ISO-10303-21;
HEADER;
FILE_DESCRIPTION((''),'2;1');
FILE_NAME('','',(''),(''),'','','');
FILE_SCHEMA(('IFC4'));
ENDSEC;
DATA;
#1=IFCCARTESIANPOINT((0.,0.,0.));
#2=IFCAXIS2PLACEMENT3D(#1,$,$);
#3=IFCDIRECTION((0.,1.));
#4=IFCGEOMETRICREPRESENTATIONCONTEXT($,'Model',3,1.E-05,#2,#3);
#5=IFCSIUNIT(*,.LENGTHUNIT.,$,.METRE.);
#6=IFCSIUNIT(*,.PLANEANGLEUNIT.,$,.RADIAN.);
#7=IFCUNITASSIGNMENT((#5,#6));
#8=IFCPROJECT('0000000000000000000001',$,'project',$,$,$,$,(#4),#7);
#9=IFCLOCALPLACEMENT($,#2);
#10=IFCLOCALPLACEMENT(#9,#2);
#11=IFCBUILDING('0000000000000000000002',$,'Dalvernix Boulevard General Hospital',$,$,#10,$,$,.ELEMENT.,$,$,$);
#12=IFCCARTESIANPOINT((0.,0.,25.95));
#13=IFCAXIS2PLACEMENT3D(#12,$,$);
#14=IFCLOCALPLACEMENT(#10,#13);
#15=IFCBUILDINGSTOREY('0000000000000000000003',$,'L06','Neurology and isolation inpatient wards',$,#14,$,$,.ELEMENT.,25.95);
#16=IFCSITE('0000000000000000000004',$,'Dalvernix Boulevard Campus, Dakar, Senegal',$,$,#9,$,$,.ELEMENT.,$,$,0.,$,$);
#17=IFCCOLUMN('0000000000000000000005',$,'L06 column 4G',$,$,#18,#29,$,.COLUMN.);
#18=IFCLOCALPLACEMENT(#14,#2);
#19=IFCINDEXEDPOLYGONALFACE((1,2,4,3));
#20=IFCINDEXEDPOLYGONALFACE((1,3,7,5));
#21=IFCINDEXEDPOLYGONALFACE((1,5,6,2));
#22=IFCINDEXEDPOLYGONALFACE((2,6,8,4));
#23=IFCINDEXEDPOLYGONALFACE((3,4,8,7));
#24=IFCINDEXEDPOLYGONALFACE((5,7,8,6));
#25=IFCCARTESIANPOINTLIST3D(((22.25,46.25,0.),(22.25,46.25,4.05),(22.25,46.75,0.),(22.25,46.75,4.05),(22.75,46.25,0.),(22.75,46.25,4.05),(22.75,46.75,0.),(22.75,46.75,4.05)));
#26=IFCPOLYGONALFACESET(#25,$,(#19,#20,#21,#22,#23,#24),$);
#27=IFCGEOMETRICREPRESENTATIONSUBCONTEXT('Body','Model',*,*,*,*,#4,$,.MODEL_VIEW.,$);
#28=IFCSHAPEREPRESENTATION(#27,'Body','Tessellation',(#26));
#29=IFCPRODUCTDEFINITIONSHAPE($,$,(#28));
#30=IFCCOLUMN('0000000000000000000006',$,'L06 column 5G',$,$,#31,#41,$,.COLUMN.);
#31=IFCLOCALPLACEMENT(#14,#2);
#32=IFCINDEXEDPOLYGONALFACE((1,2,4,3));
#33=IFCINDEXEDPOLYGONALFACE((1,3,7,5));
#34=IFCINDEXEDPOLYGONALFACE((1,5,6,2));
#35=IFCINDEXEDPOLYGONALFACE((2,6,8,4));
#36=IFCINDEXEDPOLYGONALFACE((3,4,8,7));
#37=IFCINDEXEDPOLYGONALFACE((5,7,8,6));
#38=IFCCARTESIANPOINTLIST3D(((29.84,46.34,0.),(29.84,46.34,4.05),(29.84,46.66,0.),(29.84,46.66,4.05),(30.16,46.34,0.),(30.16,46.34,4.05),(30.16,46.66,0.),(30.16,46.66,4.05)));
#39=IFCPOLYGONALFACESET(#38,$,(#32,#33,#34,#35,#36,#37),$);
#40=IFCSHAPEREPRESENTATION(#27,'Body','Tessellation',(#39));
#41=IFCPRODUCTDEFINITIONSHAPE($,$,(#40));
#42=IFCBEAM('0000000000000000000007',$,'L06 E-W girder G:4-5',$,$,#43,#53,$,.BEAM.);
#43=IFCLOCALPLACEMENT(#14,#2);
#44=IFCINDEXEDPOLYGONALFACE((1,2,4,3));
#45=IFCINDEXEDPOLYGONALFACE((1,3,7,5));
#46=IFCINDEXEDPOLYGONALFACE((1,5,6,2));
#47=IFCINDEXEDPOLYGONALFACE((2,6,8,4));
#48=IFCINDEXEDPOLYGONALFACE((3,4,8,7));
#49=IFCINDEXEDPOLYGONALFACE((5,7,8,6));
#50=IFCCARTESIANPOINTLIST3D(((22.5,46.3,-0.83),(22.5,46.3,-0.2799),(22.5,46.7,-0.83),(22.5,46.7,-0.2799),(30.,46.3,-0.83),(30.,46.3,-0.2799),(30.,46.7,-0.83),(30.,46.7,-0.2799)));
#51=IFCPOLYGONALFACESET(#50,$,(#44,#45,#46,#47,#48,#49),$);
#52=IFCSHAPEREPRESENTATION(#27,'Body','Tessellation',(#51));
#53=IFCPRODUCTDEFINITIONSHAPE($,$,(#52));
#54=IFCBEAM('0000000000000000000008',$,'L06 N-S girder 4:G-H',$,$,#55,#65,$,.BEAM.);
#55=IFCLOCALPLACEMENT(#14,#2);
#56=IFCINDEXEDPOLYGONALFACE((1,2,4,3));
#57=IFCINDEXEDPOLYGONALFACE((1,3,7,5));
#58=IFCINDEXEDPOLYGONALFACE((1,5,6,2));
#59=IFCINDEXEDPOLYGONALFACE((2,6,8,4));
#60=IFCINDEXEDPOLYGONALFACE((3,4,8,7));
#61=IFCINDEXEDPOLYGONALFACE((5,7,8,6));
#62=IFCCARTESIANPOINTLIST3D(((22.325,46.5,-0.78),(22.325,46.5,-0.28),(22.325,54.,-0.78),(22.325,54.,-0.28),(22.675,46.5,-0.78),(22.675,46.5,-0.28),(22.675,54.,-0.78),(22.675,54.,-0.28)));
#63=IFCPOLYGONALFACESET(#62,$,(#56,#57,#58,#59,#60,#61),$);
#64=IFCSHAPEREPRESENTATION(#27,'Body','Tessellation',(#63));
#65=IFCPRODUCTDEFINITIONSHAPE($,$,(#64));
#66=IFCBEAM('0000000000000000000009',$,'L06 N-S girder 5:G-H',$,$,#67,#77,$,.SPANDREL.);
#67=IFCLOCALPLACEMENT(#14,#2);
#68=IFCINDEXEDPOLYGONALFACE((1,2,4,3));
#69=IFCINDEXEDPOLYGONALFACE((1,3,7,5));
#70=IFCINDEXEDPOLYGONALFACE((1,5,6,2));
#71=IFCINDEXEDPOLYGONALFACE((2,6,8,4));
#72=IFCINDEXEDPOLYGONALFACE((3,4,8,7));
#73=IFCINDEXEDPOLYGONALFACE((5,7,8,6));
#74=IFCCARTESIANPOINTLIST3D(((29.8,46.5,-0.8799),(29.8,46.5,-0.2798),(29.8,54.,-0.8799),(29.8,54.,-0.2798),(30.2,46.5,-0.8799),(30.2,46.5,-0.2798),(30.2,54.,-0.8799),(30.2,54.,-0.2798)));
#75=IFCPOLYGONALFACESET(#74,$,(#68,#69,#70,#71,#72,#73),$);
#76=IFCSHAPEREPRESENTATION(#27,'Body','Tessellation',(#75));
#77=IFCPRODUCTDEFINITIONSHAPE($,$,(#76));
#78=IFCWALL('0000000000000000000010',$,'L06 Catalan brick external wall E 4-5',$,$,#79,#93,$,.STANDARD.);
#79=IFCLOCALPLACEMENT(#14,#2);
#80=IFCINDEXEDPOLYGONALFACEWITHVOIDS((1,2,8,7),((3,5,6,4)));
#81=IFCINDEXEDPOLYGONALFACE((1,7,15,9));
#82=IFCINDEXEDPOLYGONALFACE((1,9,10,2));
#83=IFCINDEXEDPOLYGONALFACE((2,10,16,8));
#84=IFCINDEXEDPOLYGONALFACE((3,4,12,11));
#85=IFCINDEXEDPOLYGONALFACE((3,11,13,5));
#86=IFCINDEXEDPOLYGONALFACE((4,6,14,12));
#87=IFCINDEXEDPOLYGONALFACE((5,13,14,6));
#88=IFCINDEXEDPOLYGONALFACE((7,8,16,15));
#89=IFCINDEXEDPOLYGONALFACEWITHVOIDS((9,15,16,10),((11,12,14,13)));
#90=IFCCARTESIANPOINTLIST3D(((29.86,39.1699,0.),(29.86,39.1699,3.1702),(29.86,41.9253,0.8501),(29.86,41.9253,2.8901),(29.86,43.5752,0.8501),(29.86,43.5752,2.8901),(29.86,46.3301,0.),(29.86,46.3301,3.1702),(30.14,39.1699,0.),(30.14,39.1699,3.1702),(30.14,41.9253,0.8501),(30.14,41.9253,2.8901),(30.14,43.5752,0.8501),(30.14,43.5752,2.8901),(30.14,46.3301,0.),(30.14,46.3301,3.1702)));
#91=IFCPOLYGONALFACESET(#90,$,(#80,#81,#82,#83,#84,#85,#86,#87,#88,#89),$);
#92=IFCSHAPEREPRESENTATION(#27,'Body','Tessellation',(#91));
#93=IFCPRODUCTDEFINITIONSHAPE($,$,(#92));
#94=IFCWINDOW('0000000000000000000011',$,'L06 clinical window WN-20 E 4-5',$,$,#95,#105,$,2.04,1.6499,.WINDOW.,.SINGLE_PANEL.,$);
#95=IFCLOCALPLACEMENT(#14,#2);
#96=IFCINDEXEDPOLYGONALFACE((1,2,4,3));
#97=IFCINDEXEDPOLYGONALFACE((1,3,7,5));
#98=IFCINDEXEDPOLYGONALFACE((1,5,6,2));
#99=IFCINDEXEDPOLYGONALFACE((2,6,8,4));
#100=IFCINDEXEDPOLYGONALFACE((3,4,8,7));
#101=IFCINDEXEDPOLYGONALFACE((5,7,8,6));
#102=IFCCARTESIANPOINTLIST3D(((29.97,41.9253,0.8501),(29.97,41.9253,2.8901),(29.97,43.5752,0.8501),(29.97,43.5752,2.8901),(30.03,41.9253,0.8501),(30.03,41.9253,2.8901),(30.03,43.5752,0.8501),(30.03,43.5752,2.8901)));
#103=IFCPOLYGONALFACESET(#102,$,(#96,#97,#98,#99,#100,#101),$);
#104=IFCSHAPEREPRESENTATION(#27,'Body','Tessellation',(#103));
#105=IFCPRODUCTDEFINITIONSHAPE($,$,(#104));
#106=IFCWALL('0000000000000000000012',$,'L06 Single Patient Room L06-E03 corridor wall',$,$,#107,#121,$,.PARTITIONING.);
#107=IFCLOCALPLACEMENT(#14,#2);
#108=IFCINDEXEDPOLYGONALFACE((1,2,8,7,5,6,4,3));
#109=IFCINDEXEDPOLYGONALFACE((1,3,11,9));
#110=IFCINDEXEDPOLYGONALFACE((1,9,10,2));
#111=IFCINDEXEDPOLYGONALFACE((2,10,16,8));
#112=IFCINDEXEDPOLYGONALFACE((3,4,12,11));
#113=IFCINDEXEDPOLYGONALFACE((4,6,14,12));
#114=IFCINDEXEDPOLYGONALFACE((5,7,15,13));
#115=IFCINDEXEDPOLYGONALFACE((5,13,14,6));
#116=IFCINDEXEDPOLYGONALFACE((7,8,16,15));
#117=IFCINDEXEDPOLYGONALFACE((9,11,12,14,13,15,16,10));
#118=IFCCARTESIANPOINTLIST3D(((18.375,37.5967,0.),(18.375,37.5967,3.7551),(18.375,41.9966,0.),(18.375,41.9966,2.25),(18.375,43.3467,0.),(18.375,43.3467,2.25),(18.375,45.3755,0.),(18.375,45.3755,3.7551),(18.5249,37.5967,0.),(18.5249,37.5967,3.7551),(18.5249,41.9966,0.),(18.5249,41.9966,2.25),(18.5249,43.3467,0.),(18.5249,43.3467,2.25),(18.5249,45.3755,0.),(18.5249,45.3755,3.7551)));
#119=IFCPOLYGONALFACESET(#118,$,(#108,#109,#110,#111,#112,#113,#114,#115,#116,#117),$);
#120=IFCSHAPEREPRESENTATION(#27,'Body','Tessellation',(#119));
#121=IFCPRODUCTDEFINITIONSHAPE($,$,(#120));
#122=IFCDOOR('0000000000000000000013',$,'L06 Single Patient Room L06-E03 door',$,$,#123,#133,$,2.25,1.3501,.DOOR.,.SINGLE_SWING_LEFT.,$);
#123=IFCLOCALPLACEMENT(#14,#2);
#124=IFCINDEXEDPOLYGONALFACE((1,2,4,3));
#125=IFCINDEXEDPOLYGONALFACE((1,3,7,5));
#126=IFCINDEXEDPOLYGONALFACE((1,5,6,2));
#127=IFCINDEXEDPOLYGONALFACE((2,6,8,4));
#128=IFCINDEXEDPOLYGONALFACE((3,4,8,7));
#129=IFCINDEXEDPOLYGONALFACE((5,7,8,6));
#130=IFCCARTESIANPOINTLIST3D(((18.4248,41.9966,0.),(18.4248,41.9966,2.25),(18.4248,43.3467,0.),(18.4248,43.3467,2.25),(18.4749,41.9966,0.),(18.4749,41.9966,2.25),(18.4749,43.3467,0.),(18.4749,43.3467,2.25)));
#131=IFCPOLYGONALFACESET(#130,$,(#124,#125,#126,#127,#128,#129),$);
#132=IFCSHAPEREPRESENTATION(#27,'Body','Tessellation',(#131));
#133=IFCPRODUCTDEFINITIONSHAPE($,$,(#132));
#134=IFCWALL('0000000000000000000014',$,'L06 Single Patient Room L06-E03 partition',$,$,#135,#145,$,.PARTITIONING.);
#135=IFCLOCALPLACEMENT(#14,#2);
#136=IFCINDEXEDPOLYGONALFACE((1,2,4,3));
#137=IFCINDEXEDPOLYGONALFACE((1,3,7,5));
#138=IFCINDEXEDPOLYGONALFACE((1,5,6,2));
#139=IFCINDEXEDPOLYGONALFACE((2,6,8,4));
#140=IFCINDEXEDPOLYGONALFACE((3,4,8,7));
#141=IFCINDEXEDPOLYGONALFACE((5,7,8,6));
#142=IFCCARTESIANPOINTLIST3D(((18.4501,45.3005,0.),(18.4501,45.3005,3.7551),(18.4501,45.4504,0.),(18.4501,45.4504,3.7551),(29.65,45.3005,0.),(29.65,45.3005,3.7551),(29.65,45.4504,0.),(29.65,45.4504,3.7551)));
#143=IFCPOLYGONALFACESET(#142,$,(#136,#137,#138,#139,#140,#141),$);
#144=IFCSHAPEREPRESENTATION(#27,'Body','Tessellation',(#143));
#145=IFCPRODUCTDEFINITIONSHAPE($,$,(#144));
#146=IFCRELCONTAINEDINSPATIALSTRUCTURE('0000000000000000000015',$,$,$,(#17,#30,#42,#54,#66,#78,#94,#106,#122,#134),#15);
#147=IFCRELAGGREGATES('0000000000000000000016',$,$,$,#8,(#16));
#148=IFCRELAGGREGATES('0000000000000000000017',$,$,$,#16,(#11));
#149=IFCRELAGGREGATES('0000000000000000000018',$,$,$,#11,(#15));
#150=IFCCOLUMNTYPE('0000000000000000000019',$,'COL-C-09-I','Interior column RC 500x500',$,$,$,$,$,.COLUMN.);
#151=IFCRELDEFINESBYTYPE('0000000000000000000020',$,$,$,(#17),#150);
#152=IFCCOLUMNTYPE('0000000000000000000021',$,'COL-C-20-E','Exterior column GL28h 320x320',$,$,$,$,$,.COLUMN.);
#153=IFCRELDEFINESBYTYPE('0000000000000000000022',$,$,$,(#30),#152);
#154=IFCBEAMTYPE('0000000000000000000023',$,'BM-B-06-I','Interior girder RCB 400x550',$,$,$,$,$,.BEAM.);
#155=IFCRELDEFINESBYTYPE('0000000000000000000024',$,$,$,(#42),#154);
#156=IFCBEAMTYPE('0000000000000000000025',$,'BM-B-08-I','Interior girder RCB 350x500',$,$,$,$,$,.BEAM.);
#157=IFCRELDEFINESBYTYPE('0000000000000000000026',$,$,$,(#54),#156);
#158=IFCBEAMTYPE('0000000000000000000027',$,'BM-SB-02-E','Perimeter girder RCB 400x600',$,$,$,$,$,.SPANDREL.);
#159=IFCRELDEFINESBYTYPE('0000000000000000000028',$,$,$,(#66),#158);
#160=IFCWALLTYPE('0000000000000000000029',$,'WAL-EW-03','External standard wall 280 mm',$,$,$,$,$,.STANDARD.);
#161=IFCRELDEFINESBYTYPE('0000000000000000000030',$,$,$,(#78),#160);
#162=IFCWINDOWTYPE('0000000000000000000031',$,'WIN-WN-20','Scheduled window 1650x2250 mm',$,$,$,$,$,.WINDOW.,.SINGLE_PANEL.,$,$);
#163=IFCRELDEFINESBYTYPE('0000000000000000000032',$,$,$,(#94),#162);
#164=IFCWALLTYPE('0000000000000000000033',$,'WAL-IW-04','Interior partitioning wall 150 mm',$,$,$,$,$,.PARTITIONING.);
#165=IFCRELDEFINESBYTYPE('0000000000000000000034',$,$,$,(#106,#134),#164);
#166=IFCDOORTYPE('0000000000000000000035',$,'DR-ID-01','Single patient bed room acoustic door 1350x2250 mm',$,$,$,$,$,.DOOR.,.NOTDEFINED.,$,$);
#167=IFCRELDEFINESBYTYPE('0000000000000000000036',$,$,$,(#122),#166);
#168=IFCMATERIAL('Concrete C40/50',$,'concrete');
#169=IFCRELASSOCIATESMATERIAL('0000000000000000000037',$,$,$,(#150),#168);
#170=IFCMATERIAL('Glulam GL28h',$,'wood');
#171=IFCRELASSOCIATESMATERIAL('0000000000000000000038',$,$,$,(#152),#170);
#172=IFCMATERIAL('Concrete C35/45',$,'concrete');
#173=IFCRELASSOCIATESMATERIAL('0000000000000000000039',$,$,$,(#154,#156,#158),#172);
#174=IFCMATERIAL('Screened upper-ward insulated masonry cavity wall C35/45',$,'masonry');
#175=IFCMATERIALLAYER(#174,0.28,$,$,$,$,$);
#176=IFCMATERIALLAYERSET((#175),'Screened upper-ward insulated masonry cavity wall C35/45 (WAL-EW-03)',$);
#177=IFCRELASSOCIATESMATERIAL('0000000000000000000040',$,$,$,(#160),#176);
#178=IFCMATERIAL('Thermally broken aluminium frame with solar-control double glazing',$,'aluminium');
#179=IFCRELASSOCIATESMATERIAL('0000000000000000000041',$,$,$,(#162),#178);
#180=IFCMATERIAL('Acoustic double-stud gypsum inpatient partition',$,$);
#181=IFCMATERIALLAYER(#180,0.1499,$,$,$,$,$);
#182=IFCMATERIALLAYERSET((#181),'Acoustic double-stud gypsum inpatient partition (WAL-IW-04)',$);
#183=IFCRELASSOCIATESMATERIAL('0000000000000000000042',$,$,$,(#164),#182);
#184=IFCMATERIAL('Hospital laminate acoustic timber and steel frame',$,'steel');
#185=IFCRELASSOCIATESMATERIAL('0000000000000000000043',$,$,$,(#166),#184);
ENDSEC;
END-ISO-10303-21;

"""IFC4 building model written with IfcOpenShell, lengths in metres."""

from ifc_helpers import new_model, si_unit, direction, frame, frame_2d, origin, origin_2d, place, context, subcontext, project, spatial, rectangle, extrude, material, layer, layer_set, material_profile, profile_set, type_object, element, fill, save


model = new_model("IFC4")

# Units and contexts
model_context = context("Model", 3, precision=1e-05, world=origin(), true_north=direction((0.0, 1.0)))
body_context = subcontext(model_context, "Body", "Model", "MODEL_VIEW")
ifc_project = project(units=[si_unit("LENGTHUNIT", "METRE"), si_unit("PLANEANGLEUNIT", "RADIAN")], contexts=[model_context])

# Site, building, storey
site_placement = place(None, origin())
site = spatial("IfcSite", under=ifc_project, at=site_placement, Name="Dalvernix Boulevard Campus, Dakar, Senegal", CompositionType="ELEMENT", RefElevation=0.0)
building_placement = place(site_placement, origin())
building = spatial("IfcBuilding", under=site, at=building_placement, Name="Dalvernix Boulevard General Hospital", CompositionType="ELEMENT")
storey_placement = place(building_placement, frame((0.0, 0.0, 25.95)))
storey = spatial("IfcBuildingStorey", under=building, at=storey_placement, Name="L06", Description="Neurology and isolation inpatient wards", CompositionType="ELEMENT", Elevation=25.95)

# Columns
ifc_material_1 = material(Name="Concrete C40/50", Category="concrete")
ifc_material_profile_1 = material_profile(ifc_material_1, rectangle(XDim=0.5, YDim=0.5, at=origin_2d()), Name="RC 500x500")
ifc_profile_set_1 = profile_set([ifc_material_profile_1], Name="Concrete C40/50")
column_type_1 = type_object("IfcColumnType", Name="COL-C-09-I", Description="Interior column RC 500x500", PredefinedType="COLUMN", material=ifc_profile_set_1)
column_1_placement = place(storey_placement, frame((22.5, 46.5, 0.0), z_axis=(0.0, 0.0, 1.0), x_axis=(1.0, 0.0, 0.0)))
element("IfcColumn", 1, at=column_1_placement, inside=storey, type_object=column_type_1, Name="L06 column 4G", PredefinedType="COLUMN", context=body_context, shape_type="SweptSolid", body=[
    extrude(rectangle(XDim=0.5, YDim=0.5, at=origin_2d()), origin(), (0.0, 0.0, 1.0), 4.05),
])
ifc_material_2 = material(Name="Glulam GL28h", Category="wood")
ifc_material_profile_2 = material_profile(ifc_material_2, rectangle(XDim=0.3201, YDim=0.3201, at=origin_2d()), Name="GL28h 320x320")
ifc_profile_set_2 = profile_set([ifc_material_profile_2], Name="Glulam GL28h")
column_type_2 = type_object("IfcColumnType", Name="COL-C-20-E", Description="Exterior column GL28h 320x320", PredefinedType="COLUMN", material=ifc_profile_set_2)
column_2_placement = place(storey_placement, frame((30.0, 46.5, 0.0), z_axis=(0.0, 0.0, 1.0), x_axis=(1.0, 0.0, 0.0)))
element("IfcColumn", 2, at=column_2_placement, inside=storey, type_object=column_type_2, Name="L06 column 5G", PredefinedType="COLUMN", context=body_context, shape_type="SweptSolid", body=[
    extrude(rectangle(XDim=0.3201, YDim=0.3201, at=origin_2d()), origin(), (0.0, 0.0, 1.0), 4.05),
])

# Beams
ifc_material_3 = material(Name="Concrete C35/45", Category="concrete")
ifc_material_profile_3 = material_profile(ifc_material_3, rectangle(XDim=0.3999, YDim=0.55, at=origin_2d()), Name="RCB 400x550")
ifc_profile_set_3 = profile_set([ifc_material_profile_3], Name="Concrete C35/45")
beam_type_1 = type_object("IfcBeamType", Name="BM-B-06-I", Description="Interior girder RCB 400x550", PredefinedType="BEAM", material=ifc_profile_set_3)
beam_1_placement = place(storey_placement, frame((22.5, 46.5, -0.5549), z_axis=(1.0, 0.0, 0.0), x_axis=(0.0, 1.0, 0.0)))
element("IfcBeam", 3, at=beam_1_placement, inside=storey, type_object=beam_type_1, Name="L06 E-W girder G:4-5", PredefinedType="BEAM", context=body_context, shape_type="SweptSolid", body=[
    extrude(rectangle(XDim=0.3999, YDim=0.55, at=origin_2d()), origin(), (0.0, 0.0, 1.0), 7.5),
])
ifc_material_profile_4 = material_profile(ifc_material_3, rectangle(XDim=0.3501, YDim=0.5, at=origin_2d()), Name="RCB 350x500")
ifc_profile_set_4 = profile_set([ifc_material_profile_4], Name="Concrete C35/45")
beam_type_2 = type_object("IfcBeamType", Name="BM-B-08-I", Description="Interior girder RCB 350x500", PredefinedType="BEAM", material=ifc_profile_set_4)
beam_2_placement = place(storey_placement, frame((22.5, 46.5, -0.53), z_axis=(0.0, 1.0, 0.0), x_axis=(-1.0, 0.0, 0.0)))
element("IfcBeam", 4, at=beam_2_placement, inside=storey, type_object=beam_type_2, Name="L06 N-S girder 4:G-H", PredefinedType="BEAM", context=body_context, shape_type="SweptSolid", body=[
    extrude(rectangle(XDim=0.3501, YDim=0.5, at=origin_2d()), origin(), (0.0, 0.0, 1.0), 7.5),
])
ifc_material_profile_5 = material_profile(ifc_material_3, rectangle(XDim=0.3999, YDim=0.6001, at=origin_2d()), Name="RCB 400x600")
ifc_profile_set_5 = profile_set([ifc_material_profile_5], Name="Concrete C35/45")
beam_type_3 = type_object("IfcBeamType", Name="BM-SB-02-E", Description="Perimeter girder RCB 400x600", PredefinedType="SPANDREL", material=ifc_profile_set_5)
beam_3_placement = place(storey_placement, frame((30.0, 46.5, -0.5798), z_axis=(0.0, 1.0, 0.0), x_axis=(-1.0, 0.0, 0.0)))
element("IfcBeam", 5, at=beam_3_placement, inside=storey, type_object=beam_type_3, Name="L06 N-S girder 5:G-H", PredefinedType="SPANDREL", context=body_context, shape_type="SweptSolid", body=[
    extrude(rectangle(XDim=0.3999, YDim=0.6001, at=origin_2d()), origin(), (0.0, 0.0, 1.0), 7.5),
])

# Wall, opening, window
ifc_material_4 = material(Name="Screened upper-ward insulated masonry cavity wall C35/45", Category="masonry")
ifc_layer_1 = layer(ifc_material_4, 0.28)
ifc_layer_set_1 = layer_set([ifc_layer_1], Name="Screened upper-ward insulated masonry cavity wall C35/45 (WAL-EW-03)")
wall_type_1 = type_object("IfcWallType", Name="WAL-EW-03", Description="External standard wall 280 mm", PredefinedType="STANDARD", material=ifc_layer_set_1)
wall_1_placement = place(storey_placement, frame((30.0, 46.3301, 0.0), z_axis=(0.0, 0.0, 1.0), x_axis=(0.0, -1.0, 0.0)))
wall_1 = element("IfcWall", 6, at=wall_1_placement, inside=storey, type_object=wall_type_1, Name="L06 Catalan brick external wall E 4-5", PredefinedType="STANDARD", context=body_context, shape_type="SweptSolid", body=[
    extrude(rectangle(XDim=7.1602, YDim=0.28, at=frame_2d((3.5801, 0.0))), origin(), (0.0, 0.0, 1.0), 3.1702),
])
opening_1_placement = place(wall_1_placement, frame((2.7549, 0.0, 0.8501)))
opening_1 = element("IfcOpeningElement", 7, at=opening_1_placement, cuts=wall_1, PredefinedType="OPENING", context=body_context, shape_type="SweptSolid", body=[
    extrude(rectangle(XDim=1.6499, YDim=2.04, at=frame_2d((0.825, 1.02))), frame((0.0, 0.1499, 0.0), z_axis=(0.0, -1.0, 0.0), x_axis=(1.0, 0.0, 0.0)), (0.0, 0.0, 1.0), 0.3),
])
ifc_material_5 = material(Name="Thermally broken aluminium frame with solar-control double glazing", Category="aluminium")
window_type = type_object("IfcWindowType", Name="WIN-WN-20", Description="Scheduled window 1650x2250 mm", PartitioningType="SINGLE_PANEL", PredefinedType="WINDOW", material=ifc_material_5)
window_placement = place(opening_1_placement, origin())
window = element("IfcWindow", 8, at=window_placement, inside=storey, type_object=window_type, Name="L06 clinical window WN-20 E 4-5", OverallHeight=2.04, OverallWidth=1.6499, PartitioningType="SINGLE_PANEL", PredefinedType="WINDOW", context=body_context, shape_type="SweptSolid", body=[
    extrude(rectangle(XDim=1.6499, YDim=2.04, at=frame_2d((0.825, 1.02))), frame((0.0, 0.03, 0.0), z_axis=(0.0, -1.0, 0.0), x_axis=(1.0, 0.0, 0.0)), (0.0, 0.0, 1.0), 0.0601),
])
fill(opening_1, window)

# Wall, opening, door
ifc_material_6 = material(Name="Acoustic double-stud gypsum inpatient partition")
ifc_layer_2 = layer(ifc_material_6, 0.1499)
ifc_layer_set_2 = layer_set([ifc_layer_2], Name="Acoustic double-stud gypsum inpatient partition (WAL-IW-04)")
wall_type_2 = type_object("IfcWallType", Name="WAL-IW-04", Description="Interior partitioning wall 150 mm", PredefinedType="PARTITIONING", material=ifc_layer_set_2)
wall_2_placement = place(storey_placement, frame((18.45, 45.3755, 0.0), z_axis=(0.0, 0.0, 1.0), x_axis=(0.0, -1.0, 0.0)))
wall_2 = element("IfcWall", 9, at=wall_2_placement, inside=storey, type_object=wall_type_2, Name="L06 Single Patient Room L06-E03 corridor wall", PredefinedType="PARTITIONING", context=body_context, shape_type="SweptSolid", body=[
    extrude(rectangle(XDim=7.7788, YDim=0.1499, at=frame_2d((3.8894, 0.0))), origin(), (0.0, 0.0, 1.0), 3.7551),
])
opening_2_placement = place(wall_2_placement, frame((2.0288, 0.0, 0.0)))
opening_2 = element("IfcOpeningElement", 10, at=opening_2_placement, cuts=wall_2, PredefinedType="OPENING", context=body_context, shape_type="SweptSolid", body=[
    extrude(rectangle(XDim=1.3501, YDim=2.25, at=frame_2d((0.675, 1.125))), frame((0.0, 0.085, 0.0), z_axis=(0.0, -1.0, 0.0), x_axis=(1.0, 0.0, 0.0)), (0.0, 0.0, 1.0), 0.1699),
])
ifc_material_7 = material(Name="Hospital laminate acoustic timber and steel frame", Category="steel")
door_type_1 = type_object("IfcDoorType", Name="DR-ID-01", Description="Single patient bed room acoustic door 1350x2250 mm", OperationType="NOTDEFINED", PredefinedType="DOOR", material=ifc_material_7)
door_1_placement = place(opening_2_placement, origin())
door_1 = element("IfcDoor", 11, at=door_1_placement, inside=storey, type_object=door_type_1, Name="L06 Single Patient Room L06-E03 door", OperationType="SINGLE_SWING_LEFT", OverallHeight=2.25, OverallWidth=1.3501, PredefinedType="DOOR", context=body_context, shape_type="SweptSolid", body=[
    extrude(rectangle(XDim=1.3501, YDim=2.25, at=frame_2d((0.675, 1.125))), frame((0.0, 0.0249, 0.0), z_axis=(0.0, -1.0, 0.0), x_axis=(1.0, 0.0, 0.0)), (0.0, 0.0, 1.0), 0.05),
])
fill(opening_2, door_1)

# Wall
wall_3_placement = place(storey_placement, frame((18.45, 45.3755, 0.0), z_axis=(0.0, 0.0, 1.0), x_axis=(1.0, 0.0, 0.0)))
element("IfcWall", 12, at=wall_3_placement, inside=storey, type_object=wall_type_2, Name="L06 Single Patient Room L06-E03 partition", PredefinedType="PARTITIONING", context=body_context, shape_type="SweptSolid", body=[
    extrude(rectangle(XDim=11.2, YDim=0.1499, at=frame_2d((5.6001, 0.0))), origin(), (0.0, 0.0, 1.0), 3.7551),
])

save(model, "model.ifc")
